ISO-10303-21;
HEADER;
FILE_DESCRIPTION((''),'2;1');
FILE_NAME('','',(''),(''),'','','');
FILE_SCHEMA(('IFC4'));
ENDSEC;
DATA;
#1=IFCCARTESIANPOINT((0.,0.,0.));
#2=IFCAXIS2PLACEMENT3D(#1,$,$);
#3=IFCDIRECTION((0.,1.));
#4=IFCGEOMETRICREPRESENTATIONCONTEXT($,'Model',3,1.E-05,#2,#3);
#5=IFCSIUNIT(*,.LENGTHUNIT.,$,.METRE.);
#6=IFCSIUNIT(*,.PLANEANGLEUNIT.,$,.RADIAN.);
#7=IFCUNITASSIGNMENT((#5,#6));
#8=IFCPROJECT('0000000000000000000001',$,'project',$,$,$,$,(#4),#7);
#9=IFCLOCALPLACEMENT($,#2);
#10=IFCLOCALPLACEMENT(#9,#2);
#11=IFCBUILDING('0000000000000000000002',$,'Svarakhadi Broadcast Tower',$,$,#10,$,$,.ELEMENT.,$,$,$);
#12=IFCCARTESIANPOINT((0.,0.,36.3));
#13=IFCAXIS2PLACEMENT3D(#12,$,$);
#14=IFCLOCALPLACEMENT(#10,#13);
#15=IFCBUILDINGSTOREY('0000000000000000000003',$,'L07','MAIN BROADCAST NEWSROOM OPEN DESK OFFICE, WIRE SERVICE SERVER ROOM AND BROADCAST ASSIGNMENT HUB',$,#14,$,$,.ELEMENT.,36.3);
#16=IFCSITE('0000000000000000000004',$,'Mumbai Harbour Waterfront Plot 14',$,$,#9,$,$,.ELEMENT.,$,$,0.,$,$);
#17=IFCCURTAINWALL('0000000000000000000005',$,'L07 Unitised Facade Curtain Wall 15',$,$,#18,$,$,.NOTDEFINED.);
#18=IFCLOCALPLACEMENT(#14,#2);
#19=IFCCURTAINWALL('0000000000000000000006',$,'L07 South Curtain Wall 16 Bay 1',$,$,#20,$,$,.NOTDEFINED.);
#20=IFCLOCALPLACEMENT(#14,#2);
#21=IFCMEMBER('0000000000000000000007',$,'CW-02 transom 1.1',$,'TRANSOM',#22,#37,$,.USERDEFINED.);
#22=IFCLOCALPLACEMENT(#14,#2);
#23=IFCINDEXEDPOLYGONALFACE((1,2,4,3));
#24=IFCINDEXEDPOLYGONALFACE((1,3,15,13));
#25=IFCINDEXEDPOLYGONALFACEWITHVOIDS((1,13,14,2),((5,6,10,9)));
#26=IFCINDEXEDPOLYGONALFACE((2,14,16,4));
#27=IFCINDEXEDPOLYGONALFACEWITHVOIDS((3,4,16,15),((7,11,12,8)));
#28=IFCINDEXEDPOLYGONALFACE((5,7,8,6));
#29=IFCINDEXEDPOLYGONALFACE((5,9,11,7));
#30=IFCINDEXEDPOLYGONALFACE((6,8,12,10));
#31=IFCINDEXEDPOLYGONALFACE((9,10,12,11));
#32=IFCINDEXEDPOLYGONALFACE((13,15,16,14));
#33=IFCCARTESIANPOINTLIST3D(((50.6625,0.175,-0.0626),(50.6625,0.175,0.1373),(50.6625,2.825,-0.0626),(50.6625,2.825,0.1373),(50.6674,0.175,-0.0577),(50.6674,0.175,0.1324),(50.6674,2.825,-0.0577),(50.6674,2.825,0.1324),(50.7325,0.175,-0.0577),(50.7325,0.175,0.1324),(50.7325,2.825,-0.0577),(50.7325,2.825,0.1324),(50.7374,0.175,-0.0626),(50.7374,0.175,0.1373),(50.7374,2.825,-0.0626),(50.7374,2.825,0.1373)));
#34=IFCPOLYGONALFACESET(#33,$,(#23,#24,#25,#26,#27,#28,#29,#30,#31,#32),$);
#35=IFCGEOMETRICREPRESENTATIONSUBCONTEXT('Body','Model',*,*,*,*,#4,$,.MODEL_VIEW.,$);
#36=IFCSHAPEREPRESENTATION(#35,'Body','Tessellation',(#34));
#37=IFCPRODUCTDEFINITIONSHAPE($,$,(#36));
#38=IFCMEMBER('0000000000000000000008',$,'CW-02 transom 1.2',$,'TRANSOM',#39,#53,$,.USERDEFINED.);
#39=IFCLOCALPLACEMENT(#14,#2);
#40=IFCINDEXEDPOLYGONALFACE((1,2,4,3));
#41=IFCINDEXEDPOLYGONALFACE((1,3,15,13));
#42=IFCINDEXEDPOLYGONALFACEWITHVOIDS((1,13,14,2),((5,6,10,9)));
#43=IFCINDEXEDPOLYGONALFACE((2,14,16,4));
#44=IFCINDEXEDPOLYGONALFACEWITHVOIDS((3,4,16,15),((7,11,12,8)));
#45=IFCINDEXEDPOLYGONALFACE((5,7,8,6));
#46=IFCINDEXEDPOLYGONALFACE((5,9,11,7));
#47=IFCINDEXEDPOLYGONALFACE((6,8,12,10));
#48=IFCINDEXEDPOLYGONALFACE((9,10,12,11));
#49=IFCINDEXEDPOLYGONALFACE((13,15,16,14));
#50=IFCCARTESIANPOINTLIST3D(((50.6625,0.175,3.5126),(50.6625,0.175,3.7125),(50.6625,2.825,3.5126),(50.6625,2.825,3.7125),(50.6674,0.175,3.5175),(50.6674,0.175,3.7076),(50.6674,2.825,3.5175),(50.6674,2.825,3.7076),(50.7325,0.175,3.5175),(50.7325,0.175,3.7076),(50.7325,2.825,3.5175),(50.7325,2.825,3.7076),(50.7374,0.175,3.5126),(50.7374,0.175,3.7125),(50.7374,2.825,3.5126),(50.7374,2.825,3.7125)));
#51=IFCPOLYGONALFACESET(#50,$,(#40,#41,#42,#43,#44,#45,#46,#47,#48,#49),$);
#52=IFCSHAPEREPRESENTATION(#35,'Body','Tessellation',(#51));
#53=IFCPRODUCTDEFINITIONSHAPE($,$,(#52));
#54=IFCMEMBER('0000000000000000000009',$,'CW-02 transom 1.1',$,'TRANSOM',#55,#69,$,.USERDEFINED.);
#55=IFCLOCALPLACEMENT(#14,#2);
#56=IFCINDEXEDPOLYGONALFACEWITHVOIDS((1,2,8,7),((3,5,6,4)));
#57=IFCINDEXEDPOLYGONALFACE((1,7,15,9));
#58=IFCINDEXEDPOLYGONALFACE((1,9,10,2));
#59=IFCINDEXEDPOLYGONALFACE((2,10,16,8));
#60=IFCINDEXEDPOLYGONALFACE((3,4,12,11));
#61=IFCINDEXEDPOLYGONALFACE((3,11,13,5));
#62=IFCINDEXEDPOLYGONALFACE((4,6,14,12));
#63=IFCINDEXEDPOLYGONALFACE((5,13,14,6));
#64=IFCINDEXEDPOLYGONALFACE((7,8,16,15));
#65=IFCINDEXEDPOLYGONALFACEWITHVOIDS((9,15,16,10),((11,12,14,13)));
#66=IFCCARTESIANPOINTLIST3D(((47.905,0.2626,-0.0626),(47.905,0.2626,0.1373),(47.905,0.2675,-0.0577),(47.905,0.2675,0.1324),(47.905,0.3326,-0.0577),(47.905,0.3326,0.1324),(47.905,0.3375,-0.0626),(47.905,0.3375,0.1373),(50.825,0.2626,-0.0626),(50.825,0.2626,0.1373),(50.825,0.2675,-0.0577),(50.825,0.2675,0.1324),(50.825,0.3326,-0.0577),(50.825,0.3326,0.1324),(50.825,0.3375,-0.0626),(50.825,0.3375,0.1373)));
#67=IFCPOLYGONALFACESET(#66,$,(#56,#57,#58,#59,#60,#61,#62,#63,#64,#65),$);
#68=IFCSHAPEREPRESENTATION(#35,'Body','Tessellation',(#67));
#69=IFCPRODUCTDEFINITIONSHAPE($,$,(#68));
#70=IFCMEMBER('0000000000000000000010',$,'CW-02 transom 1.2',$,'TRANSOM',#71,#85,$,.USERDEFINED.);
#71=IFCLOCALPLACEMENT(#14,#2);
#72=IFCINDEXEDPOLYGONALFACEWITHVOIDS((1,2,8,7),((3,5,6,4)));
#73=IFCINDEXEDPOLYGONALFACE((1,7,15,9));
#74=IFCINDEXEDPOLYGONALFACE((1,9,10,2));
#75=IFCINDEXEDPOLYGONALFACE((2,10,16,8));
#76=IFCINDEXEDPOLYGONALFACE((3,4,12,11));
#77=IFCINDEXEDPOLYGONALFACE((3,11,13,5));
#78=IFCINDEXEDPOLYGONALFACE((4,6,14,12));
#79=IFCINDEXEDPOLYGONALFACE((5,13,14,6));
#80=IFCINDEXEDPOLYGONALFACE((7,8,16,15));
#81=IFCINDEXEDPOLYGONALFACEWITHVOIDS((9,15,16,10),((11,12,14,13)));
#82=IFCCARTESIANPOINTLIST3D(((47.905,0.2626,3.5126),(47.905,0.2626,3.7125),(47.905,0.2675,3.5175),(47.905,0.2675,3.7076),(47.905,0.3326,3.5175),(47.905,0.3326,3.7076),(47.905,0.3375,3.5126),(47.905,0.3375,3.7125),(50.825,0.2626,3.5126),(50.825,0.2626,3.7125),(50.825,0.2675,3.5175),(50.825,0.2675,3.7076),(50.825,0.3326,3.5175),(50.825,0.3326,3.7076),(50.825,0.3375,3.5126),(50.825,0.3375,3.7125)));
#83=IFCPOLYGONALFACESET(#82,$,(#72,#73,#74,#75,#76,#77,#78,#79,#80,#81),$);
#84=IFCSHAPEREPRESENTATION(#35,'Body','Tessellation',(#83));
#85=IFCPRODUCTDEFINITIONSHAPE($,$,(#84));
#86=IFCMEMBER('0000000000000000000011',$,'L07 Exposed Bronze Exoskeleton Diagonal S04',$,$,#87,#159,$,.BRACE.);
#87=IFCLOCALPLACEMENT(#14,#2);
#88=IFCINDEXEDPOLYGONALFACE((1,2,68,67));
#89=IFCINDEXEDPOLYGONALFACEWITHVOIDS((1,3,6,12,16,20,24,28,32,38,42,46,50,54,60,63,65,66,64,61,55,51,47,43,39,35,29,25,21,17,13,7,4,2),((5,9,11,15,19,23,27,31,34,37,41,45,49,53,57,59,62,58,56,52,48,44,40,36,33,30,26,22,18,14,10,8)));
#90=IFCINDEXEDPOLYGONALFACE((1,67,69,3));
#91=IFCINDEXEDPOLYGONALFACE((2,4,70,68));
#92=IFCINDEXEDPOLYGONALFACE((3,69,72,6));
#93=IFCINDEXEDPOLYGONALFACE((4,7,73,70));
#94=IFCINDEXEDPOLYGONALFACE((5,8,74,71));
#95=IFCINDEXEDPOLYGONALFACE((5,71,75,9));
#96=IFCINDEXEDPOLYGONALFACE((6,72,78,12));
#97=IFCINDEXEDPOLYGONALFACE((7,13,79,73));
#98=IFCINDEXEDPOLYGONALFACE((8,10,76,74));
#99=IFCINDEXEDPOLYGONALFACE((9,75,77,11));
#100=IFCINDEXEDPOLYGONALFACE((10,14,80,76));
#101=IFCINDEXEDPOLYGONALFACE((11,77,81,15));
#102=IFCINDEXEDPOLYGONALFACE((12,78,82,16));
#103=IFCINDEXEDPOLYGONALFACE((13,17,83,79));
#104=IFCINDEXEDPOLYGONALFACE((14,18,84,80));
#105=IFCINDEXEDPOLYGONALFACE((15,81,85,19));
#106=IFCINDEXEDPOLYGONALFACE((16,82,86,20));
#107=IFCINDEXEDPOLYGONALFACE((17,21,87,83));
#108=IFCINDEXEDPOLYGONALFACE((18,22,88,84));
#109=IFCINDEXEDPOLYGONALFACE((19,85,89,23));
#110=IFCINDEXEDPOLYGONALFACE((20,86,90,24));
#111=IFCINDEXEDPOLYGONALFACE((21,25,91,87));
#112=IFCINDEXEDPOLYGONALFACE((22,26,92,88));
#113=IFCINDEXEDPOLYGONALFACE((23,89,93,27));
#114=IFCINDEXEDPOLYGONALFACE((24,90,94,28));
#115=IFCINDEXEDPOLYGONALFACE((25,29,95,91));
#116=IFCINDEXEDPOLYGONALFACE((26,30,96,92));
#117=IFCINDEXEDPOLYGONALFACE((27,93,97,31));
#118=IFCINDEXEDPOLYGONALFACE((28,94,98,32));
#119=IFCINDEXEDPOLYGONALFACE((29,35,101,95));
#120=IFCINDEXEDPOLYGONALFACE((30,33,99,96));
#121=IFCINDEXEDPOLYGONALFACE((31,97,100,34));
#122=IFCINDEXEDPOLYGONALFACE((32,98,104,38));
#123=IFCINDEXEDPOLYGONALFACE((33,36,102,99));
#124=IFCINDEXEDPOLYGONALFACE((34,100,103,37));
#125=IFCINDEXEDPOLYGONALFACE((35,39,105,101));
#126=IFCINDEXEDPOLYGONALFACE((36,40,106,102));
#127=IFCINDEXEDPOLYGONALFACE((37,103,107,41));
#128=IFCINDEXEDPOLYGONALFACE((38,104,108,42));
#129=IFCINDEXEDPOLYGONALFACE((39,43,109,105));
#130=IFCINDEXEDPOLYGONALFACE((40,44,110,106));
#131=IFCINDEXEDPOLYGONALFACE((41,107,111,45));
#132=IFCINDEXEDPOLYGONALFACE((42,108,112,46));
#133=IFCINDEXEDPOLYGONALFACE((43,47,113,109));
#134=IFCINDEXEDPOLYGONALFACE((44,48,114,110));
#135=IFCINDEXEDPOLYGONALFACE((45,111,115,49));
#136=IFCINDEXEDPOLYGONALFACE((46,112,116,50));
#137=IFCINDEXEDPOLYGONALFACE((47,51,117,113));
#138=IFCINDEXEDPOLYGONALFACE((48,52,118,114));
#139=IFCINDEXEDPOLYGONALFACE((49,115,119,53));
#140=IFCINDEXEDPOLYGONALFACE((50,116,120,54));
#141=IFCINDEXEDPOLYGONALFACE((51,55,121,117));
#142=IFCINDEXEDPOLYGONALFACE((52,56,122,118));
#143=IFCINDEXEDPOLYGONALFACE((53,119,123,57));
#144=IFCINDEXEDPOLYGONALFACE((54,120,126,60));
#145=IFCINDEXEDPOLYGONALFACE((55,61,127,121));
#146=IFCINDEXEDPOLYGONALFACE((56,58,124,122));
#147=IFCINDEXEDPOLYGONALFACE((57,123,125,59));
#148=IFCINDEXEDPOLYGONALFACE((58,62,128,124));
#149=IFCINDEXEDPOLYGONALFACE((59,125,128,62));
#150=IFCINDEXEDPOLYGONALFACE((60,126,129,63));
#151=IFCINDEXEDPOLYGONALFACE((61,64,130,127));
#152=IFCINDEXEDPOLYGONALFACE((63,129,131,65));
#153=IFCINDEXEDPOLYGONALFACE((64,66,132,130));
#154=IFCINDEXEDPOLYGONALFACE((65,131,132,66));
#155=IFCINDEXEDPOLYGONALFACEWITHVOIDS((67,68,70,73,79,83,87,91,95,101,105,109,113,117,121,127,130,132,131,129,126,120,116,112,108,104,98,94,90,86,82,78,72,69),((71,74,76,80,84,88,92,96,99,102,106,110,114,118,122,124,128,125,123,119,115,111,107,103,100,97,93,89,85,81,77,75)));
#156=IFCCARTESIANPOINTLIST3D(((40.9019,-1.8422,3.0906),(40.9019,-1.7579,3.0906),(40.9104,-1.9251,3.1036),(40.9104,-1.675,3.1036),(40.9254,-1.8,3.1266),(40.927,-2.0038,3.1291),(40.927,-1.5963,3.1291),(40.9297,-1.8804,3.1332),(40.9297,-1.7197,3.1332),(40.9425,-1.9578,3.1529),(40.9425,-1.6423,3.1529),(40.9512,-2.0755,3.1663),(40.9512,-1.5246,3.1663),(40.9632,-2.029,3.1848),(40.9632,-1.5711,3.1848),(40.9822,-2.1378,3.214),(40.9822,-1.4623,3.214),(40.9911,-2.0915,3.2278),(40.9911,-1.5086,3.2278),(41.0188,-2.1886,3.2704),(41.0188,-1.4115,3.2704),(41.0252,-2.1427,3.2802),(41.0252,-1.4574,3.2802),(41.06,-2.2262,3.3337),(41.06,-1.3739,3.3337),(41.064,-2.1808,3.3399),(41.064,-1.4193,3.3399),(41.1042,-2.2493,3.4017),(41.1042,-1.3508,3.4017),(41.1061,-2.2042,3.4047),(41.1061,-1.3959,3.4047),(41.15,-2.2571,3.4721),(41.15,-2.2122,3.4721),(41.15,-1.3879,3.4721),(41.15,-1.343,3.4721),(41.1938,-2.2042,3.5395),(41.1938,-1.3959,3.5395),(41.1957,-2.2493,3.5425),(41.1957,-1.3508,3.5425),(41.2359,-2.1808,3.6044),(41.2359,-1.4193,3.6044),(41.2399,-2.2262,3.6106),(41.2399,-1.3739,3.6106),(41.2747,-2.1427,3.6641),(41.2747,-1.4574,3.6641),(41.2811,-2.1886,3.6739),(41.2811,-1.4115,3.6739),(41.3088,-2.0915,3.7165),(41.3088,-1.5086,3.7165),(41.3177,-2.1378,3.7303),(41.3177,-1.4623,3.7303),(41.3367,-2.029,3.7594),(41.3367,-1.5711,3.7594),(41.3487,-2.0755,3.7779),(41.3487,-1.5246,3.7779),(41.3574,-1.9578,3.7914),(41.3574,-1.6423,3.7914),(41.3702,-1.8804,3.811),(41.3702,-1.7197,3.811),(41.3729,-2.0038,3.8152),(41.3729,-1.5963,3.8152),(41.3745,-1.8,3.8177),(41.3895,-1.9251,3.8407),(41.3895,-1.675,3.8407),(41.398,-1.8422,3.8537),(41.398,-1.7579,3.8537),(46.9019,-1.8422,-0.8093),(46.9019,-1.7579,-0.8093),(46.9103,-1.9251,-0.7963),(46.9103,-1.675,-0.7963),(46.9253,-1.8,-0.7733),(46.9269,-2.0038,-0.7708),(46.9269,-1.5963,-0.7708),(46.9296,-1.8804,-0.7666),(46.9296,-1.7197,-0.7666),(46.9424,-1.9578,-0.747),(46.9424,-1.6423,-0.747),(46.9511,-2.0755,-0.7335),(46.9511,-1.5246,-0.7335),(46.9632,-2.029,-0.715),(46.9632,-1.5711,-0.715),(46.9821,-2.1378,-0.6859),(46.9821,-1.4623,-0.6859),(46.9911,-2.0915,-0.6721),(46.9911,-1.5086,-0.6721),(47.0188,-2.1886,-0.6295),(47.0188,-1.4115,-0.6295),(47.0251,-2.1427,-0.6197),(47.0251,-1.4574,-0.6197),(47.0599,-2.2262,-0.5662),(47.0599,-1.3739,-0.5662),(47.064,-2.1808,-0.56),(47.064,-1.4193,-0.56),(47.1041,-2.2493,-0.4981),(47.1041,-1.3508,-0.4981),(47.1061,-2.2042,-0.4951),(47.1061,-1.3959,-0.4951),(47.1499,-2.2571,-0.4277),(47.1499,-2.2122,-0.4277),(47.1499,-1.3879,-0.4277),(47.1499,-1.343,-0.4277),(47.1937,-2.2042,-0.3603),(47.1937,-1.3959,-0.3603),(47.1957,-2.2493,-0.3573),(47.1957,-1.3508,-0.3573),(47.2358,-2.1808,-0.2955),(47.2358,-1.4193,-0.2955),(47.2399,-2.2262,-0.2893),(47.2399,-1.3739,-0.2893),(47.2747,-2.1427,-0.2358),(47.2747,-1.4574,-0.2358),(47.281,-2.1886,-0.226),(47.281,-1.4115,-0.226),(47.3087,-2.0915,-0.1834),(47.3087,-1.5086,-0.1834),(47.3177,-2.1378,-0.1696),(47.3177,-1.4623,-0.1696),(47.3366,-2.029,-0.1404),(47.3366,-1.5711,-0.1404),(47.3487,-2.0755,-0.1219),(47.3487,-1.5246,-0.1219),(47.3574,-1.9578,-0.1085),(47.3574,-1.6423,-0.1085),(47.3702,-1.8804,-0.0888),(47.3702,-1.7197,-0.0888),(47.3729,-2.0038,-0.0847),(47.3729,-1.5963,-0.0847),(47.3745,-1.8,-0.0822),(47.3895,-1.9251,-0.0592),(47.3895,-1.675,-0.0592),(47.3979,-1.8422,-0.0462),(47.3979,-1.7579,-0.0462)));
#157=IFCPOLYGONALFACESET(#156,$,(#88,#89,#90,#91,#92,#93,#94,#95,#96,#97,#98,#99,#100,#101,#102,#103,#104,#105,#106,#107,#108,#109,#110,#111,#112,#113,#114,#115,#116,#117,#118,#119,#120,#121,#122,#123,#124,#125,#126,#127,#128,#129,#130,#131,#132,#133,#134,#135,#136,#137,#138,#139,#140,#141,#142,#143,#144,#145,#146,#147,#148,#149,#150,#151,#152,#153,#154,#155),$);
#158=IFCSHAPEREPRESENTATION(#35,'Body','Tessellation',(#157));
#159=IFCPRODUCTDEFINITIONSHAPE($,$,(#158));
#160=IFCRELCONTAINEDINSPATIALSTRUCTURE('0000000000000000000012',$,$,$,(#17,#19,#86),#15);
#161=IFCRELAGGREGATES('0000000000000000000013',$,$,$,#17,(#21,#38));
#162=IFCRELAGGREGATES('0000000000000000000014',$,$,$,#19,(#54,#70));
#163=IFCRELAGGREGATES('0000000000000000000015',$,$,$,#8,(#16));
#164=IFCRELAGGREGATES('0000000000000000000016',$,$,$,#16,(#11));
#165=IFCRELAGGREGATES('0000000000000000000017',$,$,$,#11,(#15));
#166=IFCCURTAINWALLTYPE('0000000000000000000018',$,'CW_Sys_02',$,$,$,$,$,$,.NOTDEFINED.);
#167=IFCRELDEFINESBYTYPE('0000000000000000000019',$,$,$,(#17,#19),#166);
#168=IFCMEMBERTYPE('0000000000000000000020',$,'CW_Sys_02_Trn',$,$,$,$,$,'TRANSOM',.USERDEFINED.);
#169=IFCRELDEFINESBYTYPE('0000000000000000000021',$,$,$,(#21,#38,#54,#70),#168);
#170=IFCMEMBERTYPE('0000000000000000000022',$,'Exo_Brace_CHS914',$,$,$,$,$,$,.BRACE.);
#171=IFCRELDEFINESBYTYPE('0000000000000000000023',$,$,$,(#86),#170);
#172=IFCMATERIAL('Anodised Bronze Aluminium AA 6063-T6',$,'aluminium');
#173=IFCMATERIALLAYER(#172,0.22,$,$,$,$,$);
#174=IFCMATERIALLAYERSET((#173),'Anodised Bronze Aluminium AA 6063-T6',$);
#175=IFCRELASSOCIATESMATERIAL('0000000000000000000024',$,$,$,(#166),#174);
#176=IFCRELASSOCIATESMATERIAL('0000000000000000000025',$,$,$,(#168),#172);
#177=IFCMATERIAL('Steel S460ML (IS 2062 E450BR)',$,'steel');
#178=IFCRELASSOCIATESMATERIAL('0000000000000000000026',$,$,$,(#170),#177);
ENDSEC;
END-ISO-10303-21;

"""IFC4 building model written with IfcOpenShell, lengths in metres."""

from ifc_helpers import new_model, si_unit, direction, frame, origin, origin_2d, place, context, subcontext, project, spatial, hollow_rectangle, hollow_circle, extrude, material, layer, layer_set, material_profile, profile_set, type_object, element, aggregate, save


model = new_model("IFC4")

# Units and contexts
model_context = context("Model", 3, precision=1e-05, world=origin(), true_north=direction((0.0, 1.0)))
body_context = subcontext(model_context, "Body", "Model", "MODEL_VIEW")
ifc_project = project(units=[si_unit("LENGTHUNIT", "METRE"), si_unit("PLANEANGLEUNIT", "RADIAN")], contexts=[model_context])

# Site, building, storey
site_placement = place(None, origin())
site = spatial("IfcSite", under=ifc_project, at=site_placement, Name="Mumbai Harbour Waterfront Plot 14", CompositionType="ELEMENT", RefElevation=0.0)
building_placement = place(site_placement, origin())
building = spatial("IfcBuilding", under=site, at=building_placement, Name="Svarakhadi Broadcast Tower", CompositionType="ELEMENT")
storey_placement = place(building_placement, frame((0.0, 0.0, 36.3)))
storey = spatial("IfcBuildingStorey", under=building, at=storey_placement, Name="L07", Description="MAIN BROADCAST NEWSROOM OPEN DESK OFFICE, WIRE SERVICE SERVER ROOM AND BROADCAST ASSIGNMENT HUB", CompositionType="ELEMENT", Elevation=36.3)

# Shared definitions
ifc_material_1 = material(Name="Steel S460ML (IS 2062 E450BR)", Category="steel")

# Curtain walls
ifc_material_2 = material(Name="Anodised Bronze Aluminium AA 6063-T6", Category="aluminium")
ifc_layer_1 = layer(ifc_material_2, 0.22)
ifc_layer_set_1 = layer_set([ifc_layer_1], Name="Anodised Bronze Aluminium AA 6063-T6")
curtain_wall_type = type_object("IfcCurtainWallType", Name="CW_Sys_02", PredefinedType="NOTDEFINED", material=ifc_layer_set_1)
curtain_wall_1_placement = place(storey_placement, origin())
curtain_wall_1 = element("IfcCurtainWall", 1, at=curtain_wall_1_placement, inside=storey, type_object=curtain_wall_type, Name="L07 Unitised Facade Curtain Wall 15", PredefinedType="NOTDEFINED")
curtain_wall_2_placement = place(storey_placement, origin())
curtain_wall_2 = element("IfcCurtainWall", 2, at=curtain_wall_2_placement, inside=storey, type_object=curtain_wall_type, Name="L07 South Curtain Wall 16 Bay 1", PredefinedType="NOTDEFINED")

# Members
ifc_material_profile_1 = material_profile(ifc_material_2, hollow_rectangle(XDim=0.075, YDim=0.2, WallThickness=0.0049, at=origin_2d()), Name="ALU TRANSOM 200x75x5")
ifc_profile_set_1 = profile_set([ifc_material_profile_1], Name="Anodised Bronze Aluminium AA 6063-T6")
member_type_1 = type_object("IfcMemberType", Name="CW_Sys_02_Trn", ElementType="TRANSOM", PredefinedType="USERDEFINED", material=ifc_profile_set_1)
member_1_placement = place(storey_placement, frame((50.7, 2.825, 0.0374), z_axis=(0.0, -1.0, 0.0), x_axis=(1.0, 0.0, 0.0)))
member_1 = element("IfcMember", 3, at=member_1_placement, type_object=member_type_1, Name="CW-02 transom 1.1", ObjectType="TRANSOM", PredefinedType="USERDEFINED", context=body_context, shape_type="SweptSolid", body=[
    extrude(hollow_rectangle(XDim=0.075, YDim=0.2, WallThickness=0.0049, at=origin_2d()), origin(), (0.0, 0.0, 1.0), 2.6499),
])
member_2_placement = place(storey_placement, frame((50.7, 2.825, 3.6125), z_axis=(0.0, -1.0, 0.0), x_axis=(1.0, 0.0, 0.0)))
member_2 = element("IfcMember", 4, at=member_2_placement, type_object=member_type_1, Name="CW-02 transom 1.2", ObjectType="TRANSOM", PredefinedType="USERDEFINED", context=body_context, shape_type="SweptSolid", body=[
    extrude(hollow_rectangle(XDim=0.075, YDim=0.2, WallThickness=0.0049, at=origin_2d()), origin(), (0.0, 0.0, 1.0), 2.6499),
])
member_3_placement = place(storey_placement, frame((50.825, 0.3, 0.0374), z_axis=(-1.0, 0.0, 0.0), x_axis=(0.0, -1.0, 0.0)))
member_3 = element("IfcMember", 5, at=member_3_placement, type_object=member_type_1, Name="CW-02 transom 1.1", ObjectType="TRANSOM", PredefinedType="USERDEFINED", context=body_context, shape_type="SweptSolid", body=[
    extrude(hollow_rectangle(XDim=0.075, YDim=0.2, WallThickness=0.0049, at=origin_2d()), origin(), (0.0, 0.0, 1.0), 2.9199),
])
member_4_placement = place(storey_placement, frame((50.825, 0.3, 3.6125), z_axis=(-1.0, 0.0, 0.0), x_axis=(0.0, -1.0, 0.0)))
member_4 = element("IfcMember", 6, at=member_4_placement, type_object=member_type_1, Name="CW-02 transom 1.2", ObjectType="TRANSOM", PredefinedType="USERDEFINED", context=body_context, shape_type="SweptSolid", body=[
    extrude(hollow_rectangle(XDim=0.075, YDim=0.2, WallThickness=0.0049, at=origin_2d()), origin(), (0.0, 0.0, 1.0), 2.9199),
])
ifc_material_profile_2 = material_profile(ifc_material_1, hollow_circle(Radius=0.457, WallThickness=0.0449, at=origin_2d()), Name="CHS 914x45")
ifc_profile_set_2 = profile_set([ifc_material_profile_2], Name="Steel S460ML (IS 2062 E450BR)")
member_type_2 = type_object("IfcMemberType", Name="Exo_Brace_CHS914", PredefinedType="BRACE", material=ifc_profile_set_2)
member_5_placement = place(storey_placement, frame((47.1499, -1.8, -0.4277), z_axis=(-0.83845, 0.0, 0.544979), x_axis=(0.0, -1.0, 0.0)))
element("IfcMember", 7, at=member_5_placement, inside=storey, type_object=member_type_2, Name="L07 Exposed Bronze Exoskeleton Diagonal S04", PredefinedType="BRACE", context=body_context, shape_type="SweptSolid", body=[
    extrude(hollow_circle(Radius=0.457, WallThickness=0.0449, at=origin_2d()), origin(), (0.0, 0.0, 1.0), 7.156),
])

aggregate(curtain_wall_1, [member_1, member_2])
aggregate(curtain_wall_2, [member_3, member_4])

save(model, "model.ifc")
